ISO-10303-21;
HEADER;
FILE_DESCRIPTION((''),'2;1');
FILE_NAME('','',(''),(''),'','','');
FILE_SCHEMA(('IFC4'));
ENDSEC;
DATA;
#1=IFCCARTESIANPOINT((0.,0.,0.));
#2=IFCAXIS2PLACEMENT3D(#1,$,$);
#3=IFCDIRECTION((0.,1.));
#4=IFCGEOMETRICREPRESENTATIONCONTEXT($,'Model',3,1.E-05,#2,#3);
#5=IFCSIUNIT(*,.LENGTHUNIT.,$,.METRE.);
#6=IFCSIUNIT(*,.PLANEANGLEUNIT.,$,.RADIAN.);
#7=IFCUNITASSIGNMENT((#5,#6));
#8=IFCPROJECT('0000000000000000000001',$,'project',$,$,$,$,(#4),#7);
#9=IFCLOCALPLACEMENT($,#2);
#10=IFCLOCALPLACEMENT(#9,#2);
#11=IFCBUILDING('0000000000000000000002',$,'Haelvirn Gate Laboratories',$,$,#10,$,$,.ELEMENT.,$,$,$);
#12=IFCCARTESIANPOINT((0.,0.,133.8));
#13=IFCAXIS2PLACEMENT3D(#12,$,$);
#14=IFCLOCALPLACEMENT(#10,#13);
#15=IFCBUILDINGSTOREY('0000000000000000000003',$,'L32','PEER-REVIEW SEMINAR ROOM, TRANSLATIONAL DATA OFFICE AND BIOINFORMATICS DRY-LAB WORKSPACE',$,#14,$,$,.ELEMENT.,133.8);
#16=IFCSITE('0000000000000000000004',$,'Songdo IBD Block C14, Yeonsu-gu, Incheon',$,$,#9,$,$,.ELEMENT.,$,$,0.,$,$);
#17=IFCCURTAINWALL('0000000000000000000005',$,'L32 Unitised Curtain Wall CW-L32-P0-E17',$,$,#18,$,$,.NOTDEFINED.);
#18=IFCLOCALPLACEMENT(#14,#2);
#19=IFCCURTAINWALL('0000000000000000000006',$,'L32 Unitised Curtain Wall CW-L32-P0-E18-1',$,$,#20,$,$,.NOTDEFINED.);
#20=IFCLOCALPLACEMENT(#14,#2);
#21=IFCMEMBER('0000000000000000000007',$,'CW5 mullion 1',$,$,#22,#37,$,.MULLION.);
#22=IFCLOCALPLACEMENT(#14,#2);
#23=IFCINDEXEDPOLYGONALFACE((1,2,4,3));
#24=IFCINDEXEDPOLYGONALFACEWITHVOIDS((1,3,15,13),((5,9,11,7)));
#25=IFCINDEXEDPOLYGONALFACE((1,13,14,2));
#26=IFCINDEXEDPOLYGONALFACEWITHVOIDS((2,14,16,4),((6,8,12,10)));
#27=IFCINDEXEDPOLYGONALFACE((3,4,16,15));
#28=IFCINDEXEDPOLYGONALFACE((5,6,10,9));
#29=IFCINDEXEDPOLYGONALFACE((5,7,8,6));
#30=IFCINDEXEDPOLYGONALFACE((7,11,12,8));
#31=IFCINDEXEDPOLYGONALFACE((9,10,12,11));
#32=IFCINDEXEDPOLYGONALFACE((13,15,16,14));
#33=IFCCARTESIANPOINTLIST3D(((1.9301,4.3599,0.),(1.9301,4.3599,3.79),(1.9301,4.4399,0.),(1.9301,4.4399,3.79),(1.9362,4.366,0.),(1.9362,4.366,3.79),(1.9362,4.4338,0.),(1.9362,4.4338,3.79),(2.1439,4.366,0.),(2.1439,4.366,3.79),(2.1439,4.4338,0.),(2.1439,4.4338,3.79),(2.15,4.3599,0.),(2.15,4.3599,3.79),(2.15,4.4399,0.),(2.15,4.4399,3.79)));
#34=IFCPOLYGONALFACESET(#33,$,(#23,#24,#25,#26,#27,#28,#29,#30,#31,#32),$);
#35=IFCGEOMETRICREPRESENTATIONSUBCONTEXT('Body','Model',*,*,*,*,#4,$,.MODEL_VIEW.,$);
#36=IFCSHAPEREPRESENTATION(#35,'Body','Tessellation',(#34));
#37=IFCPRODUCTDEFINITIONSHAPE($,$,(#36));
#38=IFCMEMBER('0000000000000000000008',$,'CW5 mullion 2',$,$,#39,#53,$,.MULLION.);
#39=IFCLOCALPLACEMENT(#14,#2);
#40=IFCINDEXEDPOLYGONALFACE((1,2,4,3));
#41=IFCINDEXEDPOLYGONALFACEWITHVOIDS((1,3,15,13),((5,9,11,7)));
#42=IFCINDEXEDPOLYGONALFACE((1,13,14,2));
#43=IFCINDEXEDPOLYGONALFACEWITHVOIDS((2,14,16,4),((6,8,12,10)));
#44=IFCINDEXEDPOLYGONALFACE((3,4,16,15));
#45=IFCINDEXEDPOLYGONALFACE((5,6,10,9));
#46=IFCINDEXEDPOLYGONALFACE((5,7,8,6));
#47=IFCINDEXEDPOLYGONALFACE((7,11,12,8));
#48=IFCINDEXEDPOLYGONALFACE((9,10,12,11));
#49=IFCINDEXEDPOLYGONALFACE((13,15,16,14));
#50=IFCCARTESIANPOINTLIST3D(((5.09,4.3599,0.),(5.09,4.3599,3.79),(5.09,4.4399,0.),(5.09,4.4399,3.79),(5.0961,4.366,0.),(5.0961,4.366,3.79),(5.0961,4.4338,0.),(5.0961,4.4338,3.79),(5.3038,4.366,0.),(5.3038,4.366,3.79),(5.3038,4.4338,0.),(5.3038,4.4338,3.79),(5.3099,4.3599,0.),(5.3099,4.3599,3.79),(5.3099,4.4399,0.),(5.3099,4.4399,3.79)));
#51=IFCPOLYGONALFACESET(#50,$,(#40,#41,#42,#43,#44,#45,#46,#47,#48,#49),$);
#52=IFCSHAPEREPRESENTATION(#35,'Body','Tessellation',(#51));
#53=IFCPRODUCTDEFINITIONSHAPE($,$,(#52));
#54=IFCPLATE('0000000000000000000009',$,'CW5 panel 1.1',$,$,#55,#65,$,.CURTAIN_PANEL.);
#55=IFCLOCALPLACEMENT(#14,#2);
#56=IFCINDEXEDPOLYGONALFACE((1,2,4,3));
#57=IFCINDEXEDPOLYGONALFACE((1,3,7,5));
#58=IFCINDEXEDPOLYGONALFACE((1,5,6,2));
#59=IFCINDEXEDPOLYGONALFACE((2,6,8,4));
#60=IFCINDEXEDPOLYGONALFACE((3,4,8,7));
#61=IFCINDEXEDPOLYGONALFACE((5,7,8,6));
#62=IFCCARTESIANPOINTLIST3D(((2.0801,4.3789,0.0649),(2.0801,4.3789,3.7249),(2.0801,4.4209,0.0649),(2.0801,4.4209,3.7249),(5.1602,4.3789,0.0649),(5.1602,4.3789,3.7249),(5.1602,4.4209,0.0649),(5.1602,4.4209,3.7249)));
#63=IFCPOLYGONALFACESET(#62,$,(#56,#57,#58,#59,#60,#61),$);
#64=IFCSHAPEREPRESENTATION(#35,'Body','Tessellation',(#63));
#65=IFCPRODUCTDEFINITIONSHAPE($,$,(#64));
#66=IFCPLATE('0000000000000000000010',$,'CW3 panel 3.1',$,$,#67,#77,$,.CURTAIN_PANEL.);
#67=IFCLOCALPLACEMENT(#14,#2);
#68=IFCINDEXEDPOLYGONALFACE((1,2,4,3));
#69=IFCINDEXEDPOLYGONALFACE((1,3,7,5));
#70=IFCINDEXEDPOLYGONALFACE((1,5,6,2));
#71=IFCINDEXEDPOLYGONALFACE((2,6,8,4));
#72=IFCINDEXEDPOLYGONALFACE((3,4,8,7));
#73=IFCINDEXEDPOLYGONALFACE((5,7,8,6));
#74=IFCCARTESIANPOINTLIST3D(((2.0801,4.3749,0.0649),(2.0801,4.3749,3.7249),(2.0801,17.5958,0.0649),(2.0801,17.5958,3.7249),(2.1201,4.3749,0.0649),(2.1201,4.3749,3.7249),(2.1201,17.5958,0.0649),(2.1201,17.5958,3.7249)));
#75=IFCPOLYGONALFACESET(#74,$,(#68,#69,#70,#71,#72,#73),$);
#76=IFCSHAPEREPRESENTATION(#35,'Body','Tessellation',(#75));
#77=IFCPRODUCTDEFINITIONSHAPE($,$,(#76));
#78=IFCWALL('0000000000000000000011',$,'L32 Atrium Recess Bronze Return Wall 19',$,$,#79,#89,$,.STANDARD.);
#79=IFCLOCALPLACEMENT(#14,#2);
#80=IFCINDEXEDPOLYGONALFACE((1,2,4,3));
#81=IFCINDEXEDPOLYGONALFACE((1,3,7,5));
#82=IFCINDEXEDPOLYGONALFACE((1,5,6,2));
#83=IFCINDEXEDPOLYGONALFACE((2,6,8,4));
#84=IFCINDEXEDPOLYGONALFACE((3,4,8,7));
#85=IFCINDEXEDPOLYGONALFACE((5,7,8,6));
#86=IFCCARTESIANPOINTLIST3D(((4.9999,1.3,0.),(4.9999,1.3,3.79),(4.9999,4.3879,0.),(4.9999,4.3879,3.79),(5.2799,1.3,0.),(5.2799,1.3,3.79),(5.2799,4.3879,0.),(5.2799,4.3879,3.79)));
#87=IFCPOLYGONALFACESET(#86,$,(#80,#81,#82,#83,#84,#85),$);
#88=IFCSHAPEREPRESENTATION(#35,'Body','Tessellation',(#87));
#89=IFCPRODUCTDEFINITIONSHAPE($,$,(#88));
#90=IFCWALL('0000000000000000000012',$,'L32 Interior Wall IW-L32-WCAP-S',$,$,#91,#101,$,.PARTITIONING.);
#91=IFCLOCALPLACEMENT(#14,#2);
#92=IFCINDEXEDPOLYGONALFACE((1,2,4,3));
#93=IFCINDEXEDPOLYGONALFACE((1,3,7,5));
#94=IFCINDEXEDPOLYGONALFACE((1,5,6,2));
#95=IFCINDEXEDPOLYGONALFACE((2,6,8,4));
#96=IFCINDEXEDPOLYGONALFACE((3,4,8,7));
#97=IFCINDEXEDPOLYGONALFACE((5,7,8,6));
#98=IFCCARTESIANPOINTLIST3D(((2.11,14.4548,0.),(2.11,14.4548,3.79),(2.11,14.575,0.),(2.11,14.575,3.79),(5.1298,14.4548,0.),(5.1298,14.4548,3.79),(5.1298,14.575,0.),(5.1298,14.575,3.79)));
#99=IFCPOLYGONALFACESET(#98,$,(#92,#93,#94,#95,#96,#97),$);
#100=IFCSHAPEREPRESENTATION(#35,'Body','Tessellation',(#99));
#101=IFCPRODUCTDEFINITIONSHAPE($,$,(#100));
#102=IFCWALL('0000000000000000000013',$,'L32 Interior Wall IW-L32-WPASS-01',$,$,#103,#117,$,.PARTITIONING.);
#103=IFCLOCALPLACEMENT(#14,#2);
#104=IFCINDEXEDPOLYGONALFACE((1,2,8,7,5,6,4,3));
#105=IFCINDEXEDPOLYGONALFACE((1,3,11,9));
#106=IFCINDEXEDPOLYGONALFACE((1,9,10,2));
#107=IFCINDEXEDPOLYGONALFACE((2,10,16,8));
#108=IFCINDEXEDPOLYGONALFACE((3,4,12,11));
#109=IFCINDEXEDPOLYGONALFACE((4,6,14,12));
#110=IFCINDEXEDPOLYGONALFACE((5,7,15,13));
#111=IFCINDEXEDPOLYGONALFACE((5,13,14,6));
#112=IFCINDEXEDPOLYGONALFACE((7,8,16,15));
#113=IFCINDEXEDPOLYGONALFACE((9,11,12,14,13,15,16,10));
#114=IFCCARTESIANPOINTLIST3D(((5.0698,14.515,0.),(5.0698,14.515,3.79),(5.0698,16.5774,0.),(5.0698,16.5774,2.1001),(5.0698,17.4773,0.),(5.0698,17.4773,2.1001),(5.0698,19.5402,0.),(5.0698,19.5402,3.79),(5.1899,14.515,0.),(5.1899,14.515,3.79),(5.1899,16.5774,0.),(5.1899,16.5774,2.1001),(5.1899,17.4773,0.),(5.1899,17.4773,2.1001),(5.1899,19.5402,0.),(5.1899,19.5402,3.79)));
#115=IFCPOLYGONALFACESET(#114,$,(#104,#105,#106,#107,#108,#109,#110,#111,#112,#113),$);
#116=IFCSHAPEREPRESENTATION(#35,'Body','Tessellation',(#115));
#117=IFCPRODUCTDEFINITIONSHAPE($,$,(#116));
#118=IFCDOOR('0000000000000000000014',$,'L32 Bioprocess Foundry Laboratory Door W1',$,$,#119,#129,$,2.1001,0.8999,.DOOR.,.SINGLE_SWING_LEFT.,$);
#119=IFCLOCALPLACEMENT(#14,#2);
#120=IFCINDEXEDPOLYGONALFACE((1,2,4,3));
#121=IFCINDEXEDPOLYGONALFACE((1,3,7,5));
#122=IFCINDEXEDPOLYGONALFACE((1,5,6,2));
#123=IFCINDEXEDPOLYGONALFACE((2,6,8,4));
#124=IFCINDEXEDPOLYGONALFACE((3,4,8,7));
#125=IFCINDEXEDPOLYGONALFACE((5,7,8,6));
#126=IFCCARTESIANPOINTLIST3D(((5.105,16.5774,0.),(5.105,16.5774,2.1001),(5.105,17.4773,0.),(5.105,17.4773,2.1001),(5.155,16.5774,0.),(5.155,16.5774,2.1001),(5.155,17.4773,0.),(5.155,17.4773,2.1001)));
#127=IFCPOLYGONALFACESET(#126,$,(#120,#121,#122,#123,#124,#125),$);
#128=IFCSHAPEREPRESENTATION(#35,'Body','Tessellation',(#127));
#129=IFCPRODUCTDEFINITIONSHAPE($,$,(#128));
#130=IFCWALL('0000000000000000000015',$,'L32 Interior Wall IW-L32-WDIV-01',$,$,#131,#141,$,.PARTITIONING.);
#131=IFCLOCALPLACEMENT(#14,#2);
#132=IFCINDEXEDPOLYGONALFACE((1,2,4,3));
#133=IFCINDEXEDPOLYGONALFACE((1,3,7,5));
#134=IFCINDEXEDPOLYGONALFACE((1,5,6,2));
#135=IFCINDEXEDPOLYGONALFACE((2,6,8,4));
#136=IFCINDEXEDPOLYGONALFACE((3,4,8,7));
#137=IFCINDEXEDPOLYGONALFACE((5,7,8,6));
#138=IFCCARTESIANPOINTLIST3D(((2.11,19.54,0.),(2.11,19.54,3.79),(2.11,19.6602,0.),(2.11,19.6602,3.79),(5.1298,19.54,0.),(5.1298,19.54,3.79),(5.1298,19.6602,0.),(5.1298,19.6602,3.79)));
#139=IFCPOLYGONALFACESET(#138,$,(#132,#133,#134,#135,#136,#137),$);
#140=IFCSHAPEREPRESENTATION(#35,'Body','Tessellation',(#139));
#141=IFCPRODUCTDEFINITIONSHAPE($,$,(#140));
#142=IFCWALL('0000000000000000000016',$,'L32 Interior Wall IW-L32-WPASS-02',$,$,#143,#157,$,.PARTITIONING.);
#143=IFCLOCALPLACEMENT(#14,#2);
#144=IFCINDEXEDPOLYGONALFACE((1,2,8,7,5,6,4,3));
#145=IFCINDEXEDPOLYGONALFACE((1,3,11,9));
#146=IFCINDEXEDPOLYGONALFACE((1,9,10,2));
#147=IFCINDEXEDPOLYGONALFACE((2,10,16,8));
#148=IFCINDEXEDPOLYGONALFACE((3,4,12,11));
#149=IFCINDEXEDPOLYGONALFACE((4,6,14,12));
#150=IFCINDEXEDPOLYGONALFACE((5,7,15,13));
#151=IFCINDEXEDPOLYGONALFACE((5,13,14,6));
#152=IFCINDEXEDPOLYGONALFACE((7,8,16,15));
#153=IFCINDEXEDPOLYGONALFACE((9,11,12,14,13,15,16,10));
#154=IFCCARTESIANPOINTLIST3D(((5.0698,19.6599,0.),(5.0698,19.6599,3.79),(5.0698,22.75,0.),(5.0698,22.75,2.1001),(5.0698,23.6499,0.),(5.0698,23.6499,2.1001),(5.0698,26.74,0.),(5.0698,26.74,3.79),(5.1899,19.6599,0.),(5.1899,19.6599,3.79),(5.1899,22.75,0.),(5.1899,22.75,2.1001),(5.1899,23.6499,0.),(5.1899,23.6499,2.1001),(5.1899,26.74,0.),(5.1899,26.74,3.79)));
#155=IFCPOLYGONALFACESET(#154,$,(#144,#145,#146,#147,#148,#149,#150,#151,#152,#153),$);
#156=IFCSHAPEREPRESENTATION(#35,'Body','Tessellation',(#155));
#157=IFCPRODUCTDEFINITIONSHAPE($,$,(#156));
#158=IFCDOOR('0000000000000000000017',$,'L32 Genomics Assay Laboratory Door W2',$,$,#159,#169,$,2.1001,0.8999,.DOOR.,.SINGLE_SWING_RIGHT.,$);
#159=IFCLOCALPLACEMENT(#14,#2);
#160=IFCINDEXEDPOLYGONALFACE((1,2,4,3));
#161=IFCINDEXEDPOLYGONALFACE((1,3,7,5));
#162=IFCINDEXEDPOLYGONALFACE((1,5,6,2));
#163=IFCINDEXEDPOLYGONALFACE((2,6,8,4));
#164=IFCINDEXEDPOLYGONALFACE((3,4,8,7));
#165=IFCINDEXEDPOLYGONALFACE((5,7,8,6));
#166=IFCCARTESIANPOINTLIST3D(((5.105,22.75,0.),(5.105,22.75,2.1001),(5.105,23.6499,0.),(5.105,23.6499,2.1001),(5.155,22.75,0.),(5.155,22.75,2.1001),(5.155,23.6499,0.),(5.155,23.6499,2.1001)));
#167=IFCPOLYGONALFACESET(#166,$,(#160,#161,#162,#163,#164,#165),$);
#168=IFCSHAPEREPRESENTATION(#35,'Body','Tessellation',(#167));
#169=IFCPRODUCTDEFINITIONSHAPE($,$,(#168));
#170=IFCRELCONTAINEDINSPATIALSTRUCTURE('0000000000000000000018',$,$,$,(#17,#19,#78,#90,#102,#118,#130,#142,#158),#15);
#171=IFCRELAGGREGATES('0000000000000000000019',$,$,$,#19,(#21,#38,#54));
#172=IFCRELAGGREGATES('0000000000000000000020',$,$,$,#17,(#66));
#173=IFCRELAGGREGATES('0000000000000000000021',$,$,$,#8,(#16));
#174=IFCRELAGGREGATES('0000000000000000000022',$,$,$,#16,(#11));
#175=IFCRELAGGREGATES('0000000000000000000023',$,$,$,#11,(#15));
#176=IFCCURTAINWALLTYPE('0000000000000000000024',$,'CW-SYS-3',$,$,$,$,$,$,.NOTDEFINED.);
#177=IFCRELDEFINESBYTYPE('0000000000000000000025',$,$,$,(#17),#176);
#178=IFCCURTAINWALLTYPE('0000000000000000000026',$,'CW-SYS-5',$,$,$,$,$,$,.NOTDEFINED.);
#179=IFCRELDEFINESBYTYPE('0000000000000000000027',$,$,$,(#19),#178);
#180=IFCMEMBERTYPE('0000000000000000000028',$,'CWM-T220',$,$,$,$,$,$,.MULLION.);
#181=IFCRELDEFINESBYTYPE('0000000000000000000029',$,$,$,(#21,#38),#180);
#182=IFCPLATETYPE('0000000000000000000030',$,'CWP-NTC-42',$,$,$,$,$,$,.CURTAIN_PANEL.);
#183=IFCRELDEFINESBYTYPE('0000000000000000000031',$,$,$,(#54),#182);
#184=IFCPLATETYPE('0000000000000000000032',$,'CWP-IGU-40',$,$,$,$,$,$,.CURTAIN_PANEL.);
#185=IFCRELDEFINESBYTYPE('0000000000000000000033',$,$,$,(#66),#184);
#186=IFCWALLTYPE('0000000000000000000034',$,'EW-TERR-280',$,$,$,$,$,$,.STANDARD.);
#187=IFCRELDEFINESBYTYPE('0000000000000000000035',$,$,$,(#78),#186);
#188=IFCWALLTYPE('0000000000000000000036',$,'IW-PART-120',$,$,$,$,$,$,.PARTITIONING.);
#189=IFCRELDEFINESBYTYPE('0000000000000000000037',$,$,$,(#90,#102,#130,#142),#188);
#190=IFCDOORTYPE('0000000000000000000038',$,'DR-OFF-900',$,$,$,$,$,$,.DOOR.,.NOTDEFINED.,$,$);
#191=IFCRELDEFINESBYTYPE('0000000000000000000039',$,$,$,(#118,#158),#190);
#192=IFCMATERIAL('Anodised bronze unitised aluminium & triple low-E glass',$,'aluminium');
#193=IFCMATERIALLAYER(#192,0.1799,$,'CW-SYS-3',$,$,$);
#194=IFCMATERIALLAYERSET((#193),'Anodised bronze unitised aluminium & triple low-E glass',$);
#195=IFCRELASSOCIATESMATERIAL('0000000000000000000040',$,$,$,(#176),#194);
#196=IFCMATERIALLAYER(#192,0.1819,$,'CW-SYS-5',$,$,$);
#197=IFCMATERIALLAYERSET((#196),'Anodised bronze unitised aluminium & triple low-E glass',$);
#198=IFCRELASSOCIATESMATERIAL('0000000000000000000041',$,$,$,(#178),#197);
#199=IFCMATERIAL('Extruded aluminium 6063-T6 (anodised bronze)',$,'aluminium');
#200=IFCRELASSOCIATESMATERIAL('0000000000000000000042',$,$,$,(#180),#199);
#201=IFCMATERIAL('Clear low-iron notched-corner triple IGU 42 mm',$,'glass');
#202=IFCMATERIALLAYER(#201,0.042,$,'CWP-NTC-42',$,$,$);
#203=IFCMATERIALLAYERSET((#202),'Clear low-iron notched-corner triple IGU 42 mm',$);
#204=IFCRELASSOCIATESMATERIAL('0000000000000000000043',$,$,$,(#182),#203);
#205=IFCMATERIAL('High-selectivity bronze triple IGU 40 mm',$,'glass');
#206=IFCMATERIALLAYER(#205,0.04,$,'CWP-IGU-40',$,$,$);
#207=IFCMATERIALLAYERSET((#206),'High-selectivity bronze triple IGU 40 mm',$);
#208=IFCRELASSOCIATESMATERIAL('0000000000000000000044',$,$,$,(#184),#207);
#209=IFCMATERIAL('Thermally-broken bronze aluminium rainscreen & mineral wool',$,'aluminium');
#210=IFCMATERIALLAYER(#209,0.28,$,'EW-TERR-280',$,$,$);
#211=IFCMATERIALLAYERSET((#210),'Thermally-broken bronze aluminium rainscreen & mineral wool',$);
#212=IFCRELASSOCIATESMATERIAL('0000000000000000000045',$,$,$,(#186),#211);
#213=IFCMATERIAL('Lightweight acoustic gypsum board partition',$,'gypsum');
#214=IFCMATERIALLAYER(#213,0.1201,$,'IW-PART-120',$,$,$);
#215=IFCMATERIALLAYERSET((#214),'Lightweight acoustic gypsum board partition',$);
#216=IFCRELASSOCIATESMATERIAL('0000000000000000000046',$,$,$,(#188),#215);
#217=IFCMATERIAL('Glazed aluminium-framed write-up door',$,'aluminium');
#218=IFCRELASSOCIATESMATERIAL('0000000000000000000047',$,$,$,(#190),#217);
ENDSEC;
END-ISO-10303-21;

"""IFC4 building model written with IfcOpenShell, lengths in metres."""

from ifc_helpers import new_model, si_unit, direction, frame, frame_2d, origin, origin_2d, place, context, subcontext, project, spatial, rectangle, hollow_rectangle, extrude, source, transform, mapped, material, layer, layer_set, material_profile, profile_set, type_object, type_shapes, element, fill, aggregate, save


model = new_model("IFC4")

# Units and contexts
model_context = context("Model", 3, precision=1e-05, world=origin(), true_north=direction((0.0, 1.0)))
body_context = subcontext(model_context, "Body", "Model", "MODEL_VIEW")
ifc_project = project(units=[si_unit("LENGTHUNIT", "METRE"), si_unit("PLANEANGLEUNIT", "RADIAN")], contexts=[model_context])

# Site, building, storey
site_placement = place(None, origin())
site = spatial("IfcSite", under=ifc_project, at=site_placement, Name="Songdo IBD Block C14, Yeonsu-gu, Incheon", CompositionType="ELEMENT", RefElevation=0.0)
building_placement = place(site_placement, origin())
building = spatial("IfcBuilding", under=site, at=building_placement, Name="Haelvirn Gate Laboratories", CompositionType="ELEMENT")
storey_placement = place(building_placement, frame((0.0, 0.0, 133.8)))
storey = spatial("IfcBuildingStorey", under=building, at=storey_placement, Name="L32", Description="PEER-REVIEW SEMINAR ROOM, TRANSLATIONAL DATA OFFICE AND BIOINFORMATICS DRY-LAB WORKSPACE", CompositionType="ELEMENT", Elevation=133.8)

# Curtain walls
ifc_material_1 = material(Name="Anodised bronze unitised aluminium & triple low-E glass", Category="aluminium")
ifc_layer_1 = layer(ifc_material_1, 0.1799, Name="CW-SYS-3")
ifc_layer_set_1 = layer_set([ifc_layer_1], Name="Anodised bronze unitised aluminium & triple low-E glass")
curtain_wall_type_1 = type_object("IfcCurtainWallType", Name="CW-SYS-3", PredefinedType="NOTDEFINED", material=ifc_layer_set_1)
curtain_wall_1_placement = place(storey_placement, origin())
curtain_wall_1 = element("IfcCurtainWall", 1, at=curtain_wall_1_placement, inside=storey, type_object=curtain_wall_type_1, Name="L32 Unitised Curtain Wall CW-L32-P0-E17", PredefinedType="NOTDEFINED")
ifc_material_2 = material(Name="Extruded aluminium 6063-T6 (anodised bronze)", Category="aluminium")
ifc_layer_2 = layer(ifc_material_1, 0.1819, Name="CW-SYS-5")
ifc_layer_set_2 = layer_set([ifc_layer_2], Name="Anodised bronze unitised aluminium & triple low-E glass")
curtain_wall_type_2 = type_object("IfcCurtainWallType", Name="CW-SYS-5", PredefinedType="NOTDEFINED", material=ifc_layer_set_2)
curtain_wall_2_placement = place(storey_placement, origin())
curtain_wall_2 = element("IfcCurtainWall", 2, at=curtain_wall_2_placement, inside=storey, type_object=curtain_wall_type_2, Name="L32 Unitised Curtain Wall CW-L32-P0-E18-1", PredefinedType="NOTDEFINED")

# Members
ifc_material_profile_1 = material_profile(ifc_material_2, hollow_rectangle(XDim=0.0801, YDim=0.22, WallThickness=0.0061, at=origin_2d()), Name="CWM-220x80x6")
ifc_profile_set_1 = profile_set([ifc_material_profile_1], Name="Extruded aluminium 6063-T6 (anodised bronze)")
member_type_1 = type_object("IfcMemberType", Name="CWM-T220", PredefinedType="MULLION", material=ifc_profile_set_1)
shared_shape_1 = source(origin(), body_context, "Body", "SweptSolid", [
    extrude(hollow_rectangle(XDim=0.0801, YDim=0.22, WallThickness=0.0061, at=origin_2d()), origin(), (0.0, 0.0, 1.0), 3.79),
])
type_shapes(member_type_1, [shared_shape_1])
member_1_placement = place(storey_placement, frame((2.04, 4.3999, 0.0), z_axis=(0.0, 0.0, 1.0), x_axis=(0.0, 1.0, 0.0)))
member_1 = element("IfcMember", 3, at=member_1_placement, type_object=member_type_1, Name="CW5 mullion 1", PredefinedType="MULLION", context=body_context, shape_type="MappedRepresentation", body=[
    mapped(shared_shape_1, transform((0.0, 0.0, 0.0), scale=1.0)),
])
member_2_placement = place(storey_placement, frame((5.2, 4.3999, 0.0), z_axis=(0.0, 0.0, 1.0), x_axis=(0.0, 1.0, 0.0)))
member_2 = element("IfcMember", 4, at=member_2_placement, type_object=member_type_1, Name="CW5 mullion 2", PredefinedType="MULLION", context=body_context, shape_type="MappedRepresentation", body=[
    mapped(shared_shape_1, transform((0.0, 0.0, 0.0), scale=1.0)),
])

# Plates
ifc_material_3 = material(Name="Clear low-iron notched-corner triple IGU 42 mm", Category="glass")
ifc_layer_3 = layer(ifc_material_3, 0.042, Name="CWP-NTC-42")
ifc_layer_set_3 = layer_set([ifc_layer_3], Name="Clear low-iron notched-corner triple IGU 42 mm")
plate_type_1 = type_object("IfcPlateType", Name="CWP-NTC-42", PredefinedType="CURTAIN_PANEL", material=ifc_layer_set_3)
shared_shape_2 = source(origin(), body_context, "Body", "SweptSolid", [
    extrude(rectangle(XDim=3.0801, YDim=0.042, at=origin_2d()), origin(), (0.0, 0.0, 1.0), 3.6599),
])
type_shapes(plate_type_1, [shared_shape_2])
plate_1_placement = place(storey_placement, frame((3.6201, 4.3999, 0.0649), z_axis=(0.0, 0.0, 1.0), x_axis=(1.0, 0.0, 0.0)))
plate_1 = element("IfcPlate", 5, at=plate_1_placement, type_object=plate_type_1, Name="CW5 panel 1.1", PredefinedType="CURTAIN_PANEL", context=body_context, shape_type="MappedRepresentation", body=[
    mapped(shared_shape_2, transform((0.0, 0.0, 0.0), scale=1.0)),
])
aggregate(curtain_wall_2, [member_1, member_2, plate_1])
ifc_material_4 = material(Name="High-selectivity bronze triple IGU 40 mm", Category="glass")
ifc_layer_4 = layer(ifc_material_4, 0.04, Name="CWP-IGU-40")
ifc_layer_set_4 = layer_set([ifc_layer_4], Name="High-selectivity bronze triple IGU 40 mm")
plate_type_2 = type_object("IfcPlateType", Name="CWP-IGU-40", PredefinedType="CURTAIN_PANEL", material=ifc_layer_set_4)
shared_shape_3 = source(origin(), body_context, "Body", "SweptSolid", [
    extrude(rectangle(XDim=13.2209, YDim=0.04, at=origin_2d()), origin(), (0.0, 0.0, 1.0), 3.6599),
])
type_shapes(plate_type_2, [shared_shape_3])
plate_2_placement = place(storey_placement, frame((2.1001, 10.9854, 0.0649), z_axis=(0.0, 0.0, 1.0), x_axis=(0.0, -1.0, 0.0)))
plate_2 = element("IfcPlate", 6, at=plate_2_placement, type_object=plate_type_2, Name="CW3 panel 3.1", PredefinedType="CURTAIN_PANEL", context=body_context, shape_type="MappedRepresentation", body=[
    mapped(shared_shape_3, transform((0.0, 0.0, 0.0), scale=1.0)),
])
aggregate(curtain_wall_1, [plate_2])

# Walls
ifc_material_5 = material(Name="Thermally-broken bronze aluminium rainscreen & mineral wool", Category="aluminium")
ifc_layer_5 = layer(ifc_material_5, 0.28, Name="EW-TERR-280")
ifc_layer_set_5 = layer_set([ifc_layer_5], Name="Thermally-broken bronze aluminium rainscreen & mineral wool")
wall_type_1 = type_object("IfcWallType", Name="EW-TERR-280", PredefinedType="STANDARD", material=ifc_layer_set_5)
wall_1_placement = place(storey_placement, frame((5.1399, 4.3879, 0.0), z_axis=(0.0, 0.0, 1.0), x_axis=(0.0, -1.0, 0.0)))
element("IfcWall", 7, at=wall_1_placement, inside=storey, type_object=wall_type_1, Name="L32 Atrium Recess Bronze Return Wall 19", PredefinedType="STANDARD", context=body_context, shape_type="SweptSolid", body=[
    extrude(rectangle(XDim=3.0879, YDim=0.28, at=frame_2d((1.5439, 0.0))), origin(), (0.0, 0.0, 1.0), 3.79),
])
ifc_material_6 = material(Name="Lightweight acoustic gypsum board partition", Category="gypsum")
ifc_layer_6 = layer(ifc_material_6, 0.1201, Name="IW-PART-120")
ifc_layer_set_6 = layer_set([ifc_layer_6], Name="Lightweight acoustic gypsum board partition")
wall_type_2 = type_object("IfcWallType", Name="IW-PART-120", PredefinedType="PARTITIONING", material=ifc_layer_set_6)
wall_2_placement = place(storey_placement, frame((2.1101, 14.5149, 0.0), z_axis=(0.0, 0.0, 1.0), x_axis=(1.0, 0.0, 0.0)))
element("IfcWall", 8, at=wall_2_placement, inside=storey, type_object=wall_type_2, Name="L32 Interior Wall IW-L32-WCAP-S", PredefinedType="PARTITIONING", context=body_context, shape_type="SweptSolid", body=[
    extrude(rectangle(XDim=3.0198, YDim=0.1201, at=frame_2d((1.5098, 0.0))), origin(), (0.0, 0.0, 1.0), 3.79),
])

# Wall, opening, door
wall_3_placement = place(storey_placement, frame((5.1299, 14.5149, 0.0), z_axis=(0.0, 0.0, 1.0), x_axis=(0.0, 1.0, 0.0)))
wall_3 = element("IfcWall", 9, at=wall_3_placement, inside=storey, type_object=wall_type_2, Name="L32 Interior Wall IW-L32-WPASS-01", PredefinedType="PARTITIONING", context=body_context, shape_type="SweptSolid", body=[
    extrude(rectangle(XDim=5.0251, YDim=0.1201, at=frame_2d((2.5127, 0.0))), origin(), (0.0, 0.0, 1.0), 3.79),
])
opening_1_placement = place(wall_3_placement, frame((2.0625, 0.0, 0.0)))
opening_1 = element("IfcOpeningElement", 10, at=opening_1_placement, cuts=wall_3, PredefinedType="OPENING", context=body_context, shape_type="SweptSolid", body=[
    extrude(rectangle(XDim=0.8999, YDim=2.1001, at=frame_2d((0.45, 1.05))), frame((0.0, 0.0701, 0.0), z_axis=(0.0, -1.0, 0.0), x_axis=(1.0, 0.0, 0.0)), (0.0, 0.0, 1.0), 0.1401),
])
ifc_material_7 = material(Name="Glazed aluminium-framed write-up door", Category="aluminium")
door_type_1 = type_object("IfcDoorType", Name="DR-OFF-900", OperationType="NOTDEFINED", PredefinedType="DOOR", material=ifc_material_7)
shared_shape_4 = source(origin(), body_context, "Body", "SweptSolid", [
    extrude(rectangle(XDim=0.8999, YDim=2.1001, at=frame_2d((0.45, 1.05))), frame((0.0, 0.0249, 0.0), z_axis=(0.0, -1.0, 0.0), x_axis=(1.0, 0.0, 0.0)), (0.0, 0.0, 1.0), 0.05),
])
type_shapes(door_type_1, [shared_shape_4])
door_1_placement = place(opening_1_placement, origin())
door_1 = element("IfcDoor", 11, at=door_1_placement, inside=storey, type_object=door_type_1, Name="L32 Bioprocess Foundry Laboratory Door W1", OperationType="SINGLE_SWING_LEFT", OverallHeight=2.1001, OverallWidth=0.8999, PredefinedType="DOOR", context=body_context, shape_type="MappedRepresentation", body=[
    mapped(shared_shape_4, transform((0.0, 0.0, 0.0), scale=1.0)),
])
fill(opening_1, door_1)

# Wall
wall_4_placement = place(storey_placement, frame((2.1101, 19.6001, 0.0), z_axis=(0.0, 0.0, 1.0), x_axis=(1.0, 0.0, 0.0)))
element("IfcWall", 12, at=wall_4_placement, inside=storey, type_object=wall_type_2, Name="L32 Interior Wall IW-L32-WDIV-01", PredefinedType="PARTITIONING", context=body_context, shape_type="SweptSolid", body=[
    extrude(rectangle(XDim=3.0198, YDim=0.1201, at=frame_2d((1.5098, 0.0))), origin(), (0.0, 0.0, 1.0), 3.79),
])

# Wall, opening, door
wall_5_placement = place(storey_placement, frame((5.1299, 19.6599, 0.0), z_axis=(0.0, 0.0, 1.0), x_axis=(0.0, 1.0, 0.0)))
wall_5 = element("IfcWall", 13, at=wall_5_placement, inside=storey, type_object=wall_type_2, Name="L32 Interior Wall IW-L32-WPASS-02", PredefinedType="PARTITIONING", context=body_context, shape_type="SweptSolid", body=[
    extrude(rectangle(XDim=7.0801, YDim=0.1201, at=frame_2d((3.54, 0.0))), origin(), (0.0, 0.0, 1.0), 3.79),
])
opening_2_placement = place(wall_5_placement, frame((3.0901, 0.0, 0.0)))
opening_2 = element("IfcOpeningElement", 14, at=opening_2_placement, cuts=wall_5, PredefinedType="OPENING", context=body_context, shape_type="SweptSolid", body=[
    extrude(rectangle(XDim=0.8999, YDim=2.1001, at=frame_2d((0.45, 1.05))), frame((0.0, 0.0701, 0.0), z_axis=(0.0, -1.0, 0.0), x_axis=(1.0, 0.0, 0.0)), (0.0, 0.0, 1.0), 0.1401),
])
door_2_placement = place(opening_2_placement, origin())
door_2 = element("IfcDoor", 15, at=door_2_placement, inside=storey, type_object=door_type_1, Name="L32 Genomics Assay Laboratory Door W2", OperationType="SINGLE_SWING_RIGHT", OverallHeight=2.1001, OverallWidth=0.8999, PredefinedType="DOOR", context=body_context, shape_type="MappedRepresentation", body=[
    mapped(shared_shape_4, transform((0.0, 0.0, 0.0), scale=1.0)),
])
fill(opening_2, door_2)

save(model, "model.ifc")
